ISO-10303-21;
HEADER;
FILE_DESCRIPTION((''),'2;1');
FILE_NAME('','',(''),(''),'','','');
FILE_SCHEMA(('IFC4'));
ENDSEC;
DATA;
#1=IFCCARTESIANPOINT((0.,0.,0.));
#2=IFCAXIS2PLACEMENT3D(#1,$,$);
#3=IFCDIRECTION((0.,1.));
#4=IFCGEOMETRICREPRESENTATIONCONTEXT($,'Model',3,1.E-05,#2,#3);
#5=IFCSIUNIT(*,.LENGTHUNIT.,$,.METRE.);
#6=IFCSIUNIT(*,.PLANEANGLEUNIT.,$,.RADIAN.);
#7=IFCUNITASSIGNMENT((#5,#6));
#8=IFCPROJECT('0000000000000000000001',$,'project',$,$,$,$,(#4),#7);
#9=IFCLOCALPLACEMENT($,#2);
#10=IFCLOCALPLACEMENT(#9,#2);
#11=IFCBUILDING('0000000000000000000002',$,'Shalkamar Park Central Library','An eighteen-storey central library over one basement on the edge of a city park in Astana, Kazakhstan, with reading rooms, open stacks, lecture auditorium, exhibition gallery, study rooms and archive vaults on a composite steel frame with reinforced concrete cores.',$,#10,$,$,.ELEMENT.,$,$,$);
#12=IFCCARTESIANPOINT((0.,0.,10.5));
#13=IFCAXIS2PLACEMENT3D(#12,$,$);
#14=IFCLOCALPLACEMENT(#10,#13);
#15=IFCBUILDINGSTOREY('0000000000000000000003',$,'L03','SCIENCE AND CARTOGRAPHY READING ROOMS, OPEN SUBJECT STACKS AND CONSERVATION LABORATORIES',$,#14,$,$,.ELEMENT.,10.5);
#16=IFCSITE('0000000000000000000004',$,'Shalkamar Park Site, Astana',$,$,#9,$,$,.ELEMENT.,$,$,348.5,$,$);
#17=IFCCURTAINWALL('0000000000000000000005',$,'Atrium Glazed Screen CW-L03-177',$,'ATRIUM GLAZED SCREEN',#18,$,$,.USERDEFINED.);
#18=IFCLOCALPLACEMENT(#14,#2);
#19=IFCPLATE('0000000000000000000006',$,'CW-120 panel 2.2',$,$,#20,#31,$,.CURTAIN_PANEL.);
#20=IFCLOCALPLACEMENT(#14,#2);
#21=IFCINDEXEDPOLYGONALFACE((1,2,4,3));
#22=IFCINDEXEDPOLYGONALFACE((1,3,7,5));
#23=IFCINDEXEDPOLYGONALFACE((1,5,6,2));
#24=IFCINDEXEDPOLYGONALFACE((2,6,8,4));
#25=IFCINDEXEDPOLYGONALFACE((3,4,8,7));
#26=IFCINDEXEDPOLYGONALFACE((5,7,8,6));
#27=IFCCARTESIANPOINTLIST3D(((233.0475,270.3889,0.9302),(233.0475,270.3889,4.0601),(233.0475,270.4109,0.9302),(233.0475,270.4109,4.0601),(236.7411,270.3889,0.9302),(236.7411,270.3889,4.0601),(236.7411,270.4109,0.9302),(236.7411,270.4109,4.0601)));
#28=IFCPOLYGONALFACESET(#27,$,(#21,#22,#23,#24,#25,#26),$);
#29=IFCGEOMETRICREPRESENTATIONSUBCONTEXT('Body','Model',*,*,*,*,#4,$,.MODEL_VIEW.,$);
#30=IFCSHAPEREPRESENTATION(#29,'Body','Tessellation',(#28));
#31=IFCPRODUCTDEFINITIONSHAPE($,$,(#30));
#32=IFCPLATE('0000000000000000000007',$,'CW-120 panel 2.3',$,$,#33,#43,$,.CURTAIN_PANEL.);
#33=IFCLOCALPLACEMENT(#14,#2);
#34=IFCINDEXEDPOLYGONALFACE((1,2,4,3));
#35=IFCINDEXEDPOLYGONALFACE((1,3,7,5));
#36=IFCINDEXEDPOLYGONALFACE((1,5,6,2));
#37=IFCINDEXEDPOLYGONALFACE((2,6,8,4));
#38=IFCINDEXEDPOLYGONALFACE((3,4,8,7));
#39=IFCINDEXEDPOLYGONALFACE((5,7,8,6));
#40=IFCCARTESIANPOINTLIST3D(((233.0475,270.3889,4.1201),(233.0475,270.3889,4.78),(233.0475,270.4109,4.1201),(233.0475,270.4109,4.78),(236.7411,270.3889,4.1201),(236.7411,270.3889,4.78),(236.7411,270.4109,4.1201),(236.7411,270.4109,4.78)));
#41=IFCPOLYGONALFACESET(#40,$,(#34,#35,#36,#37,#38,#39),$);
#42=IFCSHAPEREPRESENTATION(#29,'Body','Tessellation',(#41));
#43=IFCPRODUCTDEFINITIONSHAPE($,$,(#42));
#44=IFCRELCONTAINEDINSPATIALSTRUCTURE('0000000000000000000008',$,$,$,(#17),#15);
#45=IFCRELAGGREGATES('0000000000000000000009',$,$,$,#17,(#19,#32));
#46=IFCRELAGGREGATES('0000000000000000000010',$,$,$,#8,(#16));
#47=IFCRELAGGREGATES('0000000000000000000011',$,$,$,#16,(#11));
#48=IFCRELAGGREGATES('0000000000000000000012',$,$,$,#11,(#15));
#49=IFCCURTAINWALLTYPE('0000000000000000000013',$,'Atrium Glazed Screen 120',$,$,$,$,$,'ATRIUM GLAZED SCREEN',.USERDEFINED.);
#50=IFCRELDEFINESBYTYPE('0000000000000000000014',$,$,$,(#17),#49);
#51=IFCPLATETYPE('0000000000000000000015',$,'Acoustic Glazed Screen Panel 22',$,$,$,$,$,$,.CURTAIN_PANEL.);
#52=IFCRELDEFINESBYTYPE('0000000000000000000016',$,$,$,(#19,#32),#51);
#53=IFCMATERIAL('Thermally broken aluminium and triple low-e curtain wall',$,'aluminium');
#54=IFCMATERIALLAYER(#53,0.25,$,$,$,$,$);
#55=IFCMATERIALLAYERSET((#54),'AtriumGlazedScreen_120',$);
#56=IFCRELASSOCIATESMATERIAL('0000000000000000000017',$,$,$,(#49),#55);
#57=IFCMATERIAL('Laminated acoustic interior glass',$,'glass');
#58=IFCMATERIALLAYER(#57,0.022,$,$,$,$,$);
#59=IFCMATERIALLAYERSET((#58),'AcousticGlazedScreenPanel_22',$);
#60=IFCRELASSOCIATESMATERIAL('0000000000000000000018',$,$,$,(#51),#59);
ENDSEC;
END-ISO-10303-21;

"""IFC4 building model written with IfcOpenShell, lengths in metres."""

from ifc_helpers import new_model, si_unit, direction, frame, origin, origin_2d, place, context, subcontext, project, spatial, rectangle, extrude, material, layer, layer_set, type_object, element, aggregate, save


model = new_model("IFC4")

# Units and contexts
model_context = context("Model", 3, precision=1e-05, world=origin(), true_north=direction((0.0, 1.0)))
body_context = subcontext(model_context, "Body", "Model", "MODEL_VIEW")
ifc_project = project(units=[si_unit("LENGTHUNIT", "METRE"), si_unit("PLANEANGLEUNIT", "RADIAN")], contexts=[model_context])

# Site, building, storey
site_placement = place(None, origin())
site = spatial("IfcSite", under=ifc_project, at=site_placement, Name="Shalkamar Park Site, Astana", CompositionType="ELEMENT", RefElevation=348.5)
building_placement = place(site_placement, origin())
building = spatial("IfcBuilding", under=site, at=building_placement, Name="Shalkamar Park Central Library", Description="An eighteen-storey central library over one basement on the edge of a city park in Astana, Kazakhstan, with reading rooms, open stacks, lecture auditorium, exhibition gallery, study rooms and archive vaults on a composite steel frame with reinforced concrete cores.", CompositionType="ELEMENT")
storey_placement = place(building_placement, frame((0.0, 0.0, 10.5)))
storey = spatial("IfcBuildingStorey", under=building, at=storey_placement, Name="L03", Description="SCIENCE AND CARTOGRAPHY READING ROOMS, OPEN SUBJECT STACKS AND CONSERVATION LABORATORIES", CompositionType="ELEMENT", Elevation=10.5)

# Curtain wall
ifc_material_1 = material(Name="Thermally broken aluminium and triple low-e curtain wall", Category="aluminium")
ifc_layer_1 = layer(ifc_material_1, 0.25)
ifc_layer_set_1 = layer_set([ifc_layer_1], Name="AtriumGlazedScreen_120")
curtain_wall_type_1 = type_object("IfcCurtainWallType", Name="Atrium Glazed Screen 120", ElementType="ATRIUM GLAZED SCREEN", PredefinedType="USERDEFINED", material=ifc_layer_set_1)
curtain_wall_1_placement = place(storey_placement, origin())
curtain_wall_1 = element("IfcCurtainWall", 1, at=curtain_wall_1_placement, inside=storey, type_object=curtain_wall_type_1, Name="Atrium Glazed Screen CW-L03-177", ObjectType="ATRIUM GLAZED SCREEN", PredefinedType="USERDEFINED")

# Plates
ifc_material_2 = material(Name="Laminated acoustic interior glass", Category="glass")
ifc_layer_2 = layer(ifc_material_2, 0.022)
ifc_layer_set_2 = layer_set([ifc_layer_2], Name="AcousticGlazedScreenPanel_22")
plate_type = type_object("IfcPlateType", Name="Acoustic Glazed Screen Panel 22", PredefinedType="CURTAIN_PANEL", material=ifc_layer_set_2)
plate_1_placement = place(storey_placement, frame((234.8943, 270.3999, 0.9302), z_axis=(0.0, 0.0, 1.0), x_axis=(1.0, 0.0, 0.0)))
plate_1 = element("IfcPlate", 2, at=plate_1_placement, type_object=plate_type, Name="CW-120 panel 2.2", PredefinedType="CURTAIN_PANEL", context=body_context, shape_type="SweptSolid", body=[
    extrude(rectangle(XDim=3.6936, YDim=0.022, at=origin_2d()), origin(), (0.0, 0.0, 1.0), 3.1299),
])
plate_2_placement = place(storey_placement, frame((234.8943, 270.3999, 4.1201), z_axis=(0.0, 0.0, 1.0), x_axis=(1.0, 0.0, 0.0)))
plate_2 = element("IfcPlate", 3, at=plate_2_placement, type_object=plate_type, Name="CW-120 panel 2.3", PredefinedType="CURTAIN_PANEL", context=body_context, shape_type="SweptSolid", body=[
    extrude(rectangle(XDim=3.6936, YDim=0.022, at=origin_2d()), origin(), (0.0, 0.0, 1.0), 0.6599),
])
aggregate(curtain_wall_1, [plate_1, plate_2])

save(model, "model.ifc")
